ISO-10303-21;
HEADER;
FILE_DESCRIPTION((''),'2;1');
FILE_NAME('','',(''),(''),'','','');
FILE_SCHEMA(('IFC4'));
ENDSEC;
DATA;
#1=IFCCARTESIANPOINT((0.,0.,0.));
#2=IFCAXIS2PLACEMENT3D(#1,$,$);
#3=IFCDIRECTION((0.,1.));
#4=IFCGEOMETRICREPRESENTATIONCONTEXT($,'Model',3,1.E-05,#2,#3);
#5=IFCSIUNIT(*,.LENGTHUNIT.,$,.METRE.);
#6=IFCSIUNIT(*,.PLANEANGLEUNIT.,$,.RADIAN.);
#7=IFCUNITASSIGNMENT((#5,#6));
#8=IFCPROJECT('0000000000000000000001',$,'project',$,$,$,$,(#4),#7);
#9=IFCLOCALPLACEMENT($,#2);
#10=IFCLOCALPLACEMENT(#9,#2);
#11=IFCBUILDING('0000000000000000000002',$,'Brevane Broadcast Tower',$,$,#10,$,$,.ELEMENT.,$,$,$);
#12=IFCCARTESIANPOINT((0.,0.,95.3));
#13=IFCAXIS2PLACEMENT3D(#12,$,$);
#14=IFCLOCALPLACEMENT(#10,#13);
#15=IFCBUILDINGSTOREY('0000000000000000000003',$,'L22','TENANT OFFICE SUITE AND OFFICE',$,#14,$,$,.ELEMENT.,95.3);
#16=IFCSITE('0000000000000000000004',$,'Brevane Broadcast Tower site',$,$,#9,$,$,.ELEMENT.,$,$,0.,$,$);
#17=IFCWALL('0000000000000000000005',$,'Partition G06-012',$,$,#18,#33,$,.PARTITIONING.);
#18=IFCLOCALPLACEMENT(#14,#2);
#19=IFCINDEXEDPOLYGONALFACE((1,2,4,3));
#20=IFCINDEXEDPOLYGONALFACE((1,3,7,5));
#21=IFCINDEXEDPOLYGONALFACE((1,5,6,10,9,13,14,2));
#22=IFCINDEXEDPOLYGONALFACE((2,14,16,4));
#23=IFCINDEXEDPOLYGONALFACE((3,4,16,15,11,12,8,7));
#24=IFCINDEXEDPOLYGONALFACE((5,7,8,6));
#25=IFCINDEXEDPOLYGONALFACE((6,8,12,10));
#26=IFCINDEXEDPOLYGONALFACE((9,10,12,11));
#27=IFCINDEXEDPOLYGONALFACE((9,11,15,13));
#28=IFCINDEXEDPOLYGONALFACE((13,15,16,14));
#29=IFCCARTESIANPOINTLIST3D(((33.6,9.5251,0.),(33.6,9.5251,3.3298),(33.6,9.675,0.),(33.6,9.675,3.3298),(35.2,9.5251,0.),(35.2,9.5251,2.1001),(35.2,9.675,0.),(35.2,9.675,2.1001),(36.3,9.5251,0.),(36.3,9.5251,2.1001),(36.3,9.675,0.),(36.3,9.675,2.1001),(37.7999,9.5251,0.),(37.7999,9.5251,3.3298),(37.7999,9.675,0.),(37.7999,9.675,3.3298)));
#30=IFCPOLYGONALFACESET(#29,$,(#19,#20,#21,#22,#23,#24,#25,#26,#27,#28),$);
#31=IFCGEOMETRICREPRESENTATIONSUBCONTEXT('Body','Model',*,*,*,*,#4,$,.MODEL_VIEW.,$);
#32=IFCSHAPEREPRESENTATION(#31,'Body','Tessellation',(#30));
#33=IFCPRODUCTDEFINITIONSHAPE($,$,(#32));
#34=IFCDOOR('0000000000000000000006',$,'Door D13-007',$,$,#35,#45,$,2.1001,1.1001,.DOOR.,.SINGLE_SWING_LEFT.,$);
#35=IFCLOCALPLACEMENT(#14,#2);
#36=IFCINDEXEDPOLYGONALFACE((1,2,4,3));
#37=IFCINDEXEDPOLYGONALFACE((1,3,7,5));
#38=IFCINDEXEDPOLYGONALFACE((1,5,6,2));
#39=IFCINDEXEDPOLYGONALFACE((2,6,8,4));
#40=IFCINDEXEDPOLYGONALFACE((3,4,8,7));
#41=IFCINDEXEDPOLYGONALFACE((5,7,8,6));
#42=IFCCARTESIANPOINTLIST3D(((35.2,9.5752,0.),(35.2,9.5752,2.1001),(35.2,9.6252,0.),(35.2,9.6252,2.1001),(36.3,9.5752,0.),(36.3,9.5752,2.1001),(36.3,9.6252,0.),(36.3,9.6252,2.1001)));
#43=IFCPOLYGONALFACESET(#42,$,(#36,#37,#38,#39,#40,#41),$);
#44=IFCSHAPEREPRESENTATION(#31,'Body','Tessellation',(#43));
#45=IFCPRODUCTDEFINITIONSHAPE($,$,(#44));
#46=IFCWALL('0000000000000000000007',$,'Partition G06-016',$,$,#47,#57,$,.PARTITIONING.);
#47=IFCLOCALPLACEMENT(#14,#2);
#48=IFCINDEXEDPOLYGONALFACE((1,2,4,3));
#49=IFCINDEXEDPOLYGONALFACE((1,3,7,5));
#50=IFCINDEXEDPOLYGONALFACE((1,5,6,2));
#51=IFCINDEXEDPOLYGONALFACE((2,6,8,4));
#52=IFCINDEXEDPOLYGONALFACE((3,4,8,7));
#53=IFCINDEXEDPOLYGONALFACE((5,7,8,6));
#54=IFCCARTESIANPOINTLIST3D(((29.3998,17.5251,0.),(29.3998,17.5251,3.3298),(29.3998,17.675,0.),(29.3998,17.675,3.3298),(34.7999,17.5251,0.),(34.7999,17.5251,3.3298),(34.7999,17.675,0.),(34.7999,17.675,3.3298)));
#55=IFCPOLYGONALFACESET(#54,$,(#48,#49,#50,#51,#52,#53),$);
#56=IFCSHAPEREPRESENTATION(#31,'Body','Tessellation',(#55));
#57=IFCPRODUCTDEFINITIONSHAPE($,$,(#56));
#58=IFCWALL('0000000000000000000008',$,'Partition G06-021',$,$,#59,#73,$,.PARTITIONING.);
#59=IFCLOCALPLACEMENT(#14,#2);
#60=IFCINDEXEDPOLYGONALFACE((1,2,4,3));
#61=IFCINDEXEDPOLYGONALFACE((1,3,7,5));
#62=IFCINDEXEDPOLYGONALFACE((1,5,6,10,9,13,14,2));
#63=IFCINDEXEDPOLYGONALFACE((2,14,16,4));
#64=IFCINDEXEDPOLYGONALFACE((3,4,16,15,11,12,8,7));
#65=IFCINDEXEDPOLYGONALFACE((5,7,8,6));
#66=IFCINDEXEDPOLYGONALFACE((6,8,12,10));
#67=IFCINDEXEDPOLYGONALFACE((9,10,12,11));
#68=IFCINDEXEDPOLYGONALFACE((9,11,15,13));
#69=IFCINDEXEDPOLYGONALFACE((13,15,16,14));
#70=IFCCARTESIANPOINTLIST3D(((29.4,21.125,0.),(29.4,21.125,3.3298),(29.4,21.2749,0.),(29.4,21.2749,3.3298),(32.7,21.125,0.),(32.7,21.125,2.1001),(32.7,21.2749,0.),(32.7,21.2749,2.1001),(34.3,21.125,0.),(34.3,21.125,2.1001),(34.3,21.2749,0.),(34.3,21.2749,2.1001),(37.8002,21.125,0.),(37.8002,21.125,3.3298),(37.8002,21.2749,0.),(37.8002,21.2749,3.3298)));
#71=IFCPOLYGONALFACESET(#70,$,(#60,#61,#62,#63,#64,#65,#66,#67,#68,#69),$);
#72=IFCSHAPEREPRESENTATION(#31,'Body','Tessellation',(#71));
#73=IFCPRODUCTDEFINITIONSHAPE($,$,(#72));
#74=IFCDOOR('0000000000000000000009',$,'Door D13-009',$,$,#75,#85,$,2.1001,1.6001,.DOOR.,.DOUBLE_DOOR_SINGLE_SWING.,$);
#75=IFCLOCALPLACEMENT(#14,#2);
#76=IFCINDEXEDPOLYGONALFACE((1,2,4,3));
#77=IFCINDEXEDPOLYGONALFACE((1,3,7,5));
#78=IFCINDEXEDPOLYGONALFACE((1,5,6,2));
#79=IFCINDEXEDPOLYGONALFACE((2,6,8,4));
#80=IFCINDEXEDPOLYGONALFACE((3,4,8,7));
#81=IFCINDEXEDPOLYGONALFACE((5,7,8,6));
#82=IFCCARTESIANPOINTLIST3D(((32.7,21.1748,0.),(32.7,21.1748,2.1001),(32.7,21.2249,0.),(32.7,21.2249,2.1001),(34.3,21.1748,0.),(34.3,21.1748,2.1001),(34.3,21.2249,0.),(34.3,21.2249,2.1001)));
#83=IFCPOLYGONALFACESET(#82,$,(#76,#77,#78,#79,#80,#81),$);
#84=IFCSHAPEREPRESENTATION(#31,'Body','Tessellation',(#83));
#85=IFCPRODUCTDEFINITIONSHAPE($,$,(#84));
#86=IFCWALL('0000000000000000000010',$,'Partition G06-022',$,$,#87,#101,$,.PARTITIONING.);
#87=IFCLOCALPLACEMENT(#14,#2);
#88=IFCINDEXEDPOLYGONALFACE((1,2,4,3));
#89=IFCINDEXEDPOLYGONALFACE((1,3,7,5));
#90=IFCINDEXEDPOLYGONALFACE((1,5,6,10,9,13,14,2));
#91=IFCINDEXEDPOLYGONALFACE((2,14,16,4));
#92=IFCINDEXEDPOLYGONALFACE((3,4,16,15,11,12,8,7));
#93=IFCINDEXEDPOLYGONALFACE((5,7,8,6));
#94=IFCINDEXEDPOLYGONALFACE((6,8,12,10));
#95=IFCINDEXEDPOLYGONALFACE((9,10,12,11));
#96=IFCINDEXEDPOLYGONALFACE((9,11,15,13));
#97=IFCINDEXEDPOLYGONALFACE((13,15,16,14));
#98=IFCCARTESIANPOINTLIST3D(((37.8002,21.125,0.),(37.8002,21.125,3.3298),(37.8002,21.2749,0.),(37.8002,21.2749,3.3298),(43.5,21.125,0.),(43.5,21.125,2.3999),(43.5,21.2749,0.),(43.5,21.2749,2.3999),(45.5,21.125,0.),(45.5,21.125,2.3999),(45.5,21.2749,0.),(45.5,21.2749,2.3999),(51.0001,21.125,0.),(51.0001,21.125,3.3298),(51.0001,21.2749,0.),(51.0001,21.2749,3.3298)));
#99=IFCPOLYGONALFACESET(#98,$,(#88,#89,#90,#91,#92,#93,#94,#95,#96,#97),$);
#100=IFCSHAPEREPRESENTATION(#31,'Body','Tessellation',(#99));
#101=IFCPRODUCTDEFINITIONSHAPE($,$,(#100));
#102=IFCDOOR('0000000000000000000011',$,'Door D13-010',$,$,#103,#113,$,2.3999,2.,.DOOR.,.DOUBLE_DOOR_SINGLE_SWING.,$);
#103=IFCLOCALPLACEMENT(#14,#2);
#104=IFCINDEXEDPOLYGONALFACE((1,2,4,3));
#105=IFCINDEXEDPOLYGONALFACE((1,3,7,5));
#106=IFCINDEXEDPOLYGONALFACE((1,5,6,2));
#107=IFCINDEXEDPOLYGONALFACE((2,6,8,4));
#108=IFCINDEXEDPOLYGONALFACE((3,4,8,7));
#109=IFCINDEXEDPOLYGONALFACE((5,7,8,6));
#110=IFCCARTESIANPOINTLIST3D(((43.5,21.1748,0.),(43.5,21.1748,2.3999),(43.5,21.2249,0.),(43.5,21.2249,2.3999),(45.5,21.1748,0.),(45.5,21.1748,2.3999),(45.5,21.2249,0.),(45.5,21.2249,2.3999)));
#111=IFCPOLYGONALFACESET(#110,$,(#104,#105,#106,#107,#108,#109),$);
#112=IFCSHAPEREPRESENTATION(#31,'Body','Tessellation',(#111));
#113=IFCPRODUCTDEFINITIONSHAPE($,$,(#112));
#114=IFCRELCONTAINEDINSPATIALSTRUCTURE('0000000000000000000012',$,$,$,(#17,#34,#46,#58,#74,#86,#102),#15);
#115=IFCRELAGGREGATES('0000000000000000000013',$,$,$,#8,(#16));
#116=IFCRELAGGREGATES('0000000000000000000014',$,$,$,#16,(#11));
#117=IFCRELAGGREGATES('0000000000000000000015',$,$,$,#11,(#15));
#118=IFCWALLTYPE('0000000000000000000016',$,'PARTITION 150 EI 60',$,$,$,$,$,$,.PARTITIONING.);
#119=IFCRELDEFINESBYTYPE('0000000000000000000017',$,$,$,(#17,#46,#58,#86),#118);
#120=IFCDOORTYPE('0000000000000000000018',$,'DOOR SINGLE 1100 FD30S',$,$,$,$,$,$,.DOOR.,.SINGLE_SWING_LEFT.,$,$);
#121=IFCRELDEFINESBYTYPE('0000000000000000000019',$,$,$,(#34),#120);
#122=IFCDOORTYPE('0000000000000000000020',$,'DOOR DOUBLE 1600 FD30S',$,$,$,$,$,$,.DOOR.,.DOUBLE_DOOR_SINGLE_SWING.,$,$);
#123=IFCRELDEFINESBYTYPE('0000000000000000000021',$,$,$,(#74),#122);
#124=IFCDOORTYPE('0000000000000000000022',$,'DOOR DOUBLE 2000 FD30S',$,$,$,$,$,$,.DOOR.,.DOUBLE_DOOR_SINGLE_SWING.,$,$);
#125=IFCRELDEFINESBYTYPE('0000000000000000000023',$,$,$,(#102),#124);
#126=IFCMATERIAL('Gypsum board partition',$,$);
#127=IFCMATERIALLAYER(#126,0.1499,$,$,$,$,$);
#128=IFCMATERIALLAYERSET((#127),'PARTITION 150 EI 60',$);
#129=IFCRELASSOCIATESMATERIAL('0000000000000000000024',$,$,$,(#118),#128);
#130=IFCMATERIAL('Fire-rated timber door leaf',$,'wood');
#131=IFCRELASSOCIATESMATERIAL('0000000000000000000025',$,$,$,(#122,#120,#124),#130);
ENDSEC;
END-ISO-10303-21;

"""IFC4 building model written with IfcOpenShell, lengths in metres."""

from ifc_helpers import new_model, si_unit, direction, frame, frame_2d, origin, place, context, subcontext, project, spatial, rectangle, extrude, material, layer, layer_set, type_object, element, fill, save


model = new_model("IFC4")

# Units and contexts
model_context = context("Model", 3, precision=1e-05, world=origin(), true_north=direction((0.0, 1.0)))
body_context = subcontext(model_context, "Body", "Model", "MODEL_VIEW")
ifc_project = project(units=[si_unit("LENGTHUNIT", "METRE"), si_unit("PLANEANGLEUNIT", "RADIAN")], contexts=[model_context])

# Site, building, storey
site_placement = place(None, origin())
site = spatial("IfcSite", under=ifc_project, at=site_placement, Name="Brevane Broadcast Tower site", CompositionType="ELEMENT", RefElevation=0.0)
building_placement = place(site_placement, origin())
building = spatial("IfcBuilding", under=site, at=building_placement, Name="Brevane Broadcast Tower", CompositionType="ELEMENT")
storey_placement = place(building_placement, frame((0.0, 0.0, 95.3)))
storey = spatial("IfcBuildingStorey", under=building, at=storey_placement, Name="L22", Description="TENANT OFFICE SUITE AND OFFICE", CompositionType="ELEMENT", Elevation=95.3)

# Shared definitions
ifc_material_1 = material(Name="Gypsum board partition")
ifc_layer_1 = layer(ifc_material_1, 0.1499)
ifc_layer_set_1 = layer_set([ifc_layer_1], Name="PARTITION 150 EI 60")
wall_type_1 = type_object("IfcWallType", Name="PARTITION 150 EI 60", PredefinedType="PARTITIONING", material=ifc_layer_set_1)

# Shared definitions
ifc_material_2 = material(Name="Fire-rated timber door leaf", Category="wood")

# Wall, opening, door
door_type_1 = type_object("IfcDoorType", Name="DOOR DOUBLE 1600 FD30S", OperationType="DOUBLE_DOOR_SINGLE_SWING", PredefinedType="DOOR", material=ifc_material_2)
wall_1_placement = place(storey_placement, frame((37.8, 9.6001, 0.0), z_axis=(0.0, 0.0, 1.0), x_axis=(-1.0, 0.0, 0.0)))
wall_1 = element("IfcWall", 1, at=wall_1_placement, inside=storey, type_object=wall_type_1, Name="Partition G06-012", PredefinedType="PARTITIONING", context=body_context, shape_type="SweptSolid", body=[
    extrude(rectangle(XDim=4.2, YDim=0.1499, at=frame_2d((2.1001, 0.0))), origin(), (0.0, 0.0, 1.0), 3.3298),
])
opening_1_placement = place(wall_1_placement, frame((1.5, 0.0, 0.0)))
opening_1 = element("IfcOpeningElement", 2, at=opening_1_placement, cuts=wall_1, PredefinedType="OPENING", context=body_context, shape_type="SweptSolid", body=[
    extrude(rectangle(XDim=1.1001, YDim=2.1001, at=frame_2d((0.55, 1.05))), frame((0.0, 0.085, 0.0), z_axis=(0.0, -1.0, 0.0), x_axis=(1.0, 0.0, 0.0)), (0.0, 0.0, 1.0), 0.1699),
])
door_type_2 = type_object("IfcDoorType", Name="DOOR SINGLE 1100 FD30S", OperationType="SINGLE_SWING_LEFT", PredefinedType="DOOR", material=ifc_material_2)
door_1_placement = place(opening_1_placement, origin())
door_1 = element("IfcDoor", 3, at=door_1_placement, inside=storey, type_object=door_type_2, Name="Door D13-007", OperationType="SINGLE_SWING_LEFT", OverallHeight=2.1001, OverallWidth=1.1001, PredefinedType="DOOR", context=body_context, shape_type="SweptSolid", body=[
    extrude(rectangle(XDim=1.1001, YDim=2.1001, at=frame_2d((0.55, 1.05))), frame((0.0, 0.0249, 0.0), z_axis=(0.0, -1.0, 0.0), x_axis=(1.0, 0.0, 0.0)), (0.0, 0.0, 1.0), 0.05),
])
fill(opening_1, door_1)

# Wall
wall_2_placement = place(storey_placement, frame((34.8, 17.6001, 0.0), z_axis=(0.0, 0.0, 1.0), x_axis=(-1.0, 0.0, 0.0)))
element("IfcWall", 4, at=wall_2_placement, inside=storey, type_object=wall_type_1, Name="Partition G06-016", PredefinedType="PARTITIONING", context=body_context, shape_type="SweptSolid", body=[
    extrude(rectangle(XDim=5.4001, YDim=0.1499, at=frame_2d((2.7002, 0.0))), origin(), (0.0, 0.0, 1.0), 3.3298),
])

# Walls, openings, doors
wall_3_placement = place(storey_placement, frame((29.3999, 21.2, 0.0), z_axis=(0.0, 0.0, 1.0), x_axis=(1.0, 0.0, 0.0)))
wall_3 = element("IfcWall", 5, at=wall_3_placement, inside=storey, type_object=wall_type_1, Name="Partition G06-021", PredefinedType="PARTITIONING", context=body_context, shape_type="SweptSolid", body=[
    extrude(rectangle(XDim=8.4001, YDim=0.1499, at=frame_2d((4.2002, 0.0))), origin(), (0.0, 0.0, 1.0), 3.3298),
])
opening_2_placement = place(wall_3_placement, frame((3.3, 0.0, 0.0)))
opening_2 = element("IfcOpeningElement", 6, at=opening_2_placement, cuts=wall_3, PredefinedType="OPENING", context=body_context, shape_type="SweptSolid", body=[
    extrude(rectangle(XDim=1.6001, YDim=2.1001, at=frame_2d((0.8, 1.05))), frame((0.0, 0.085, 0.0), z_axis=(0.0, -1.0, 0.0), x_axis=(1.0, 0.0, 0.0)), (0.0, 0.0, 1.0), 0.1699),
])
door_2_placement = place(opening_2_placement, origin())
door_2 = element("IfcDoor", 7, at=door_2_placement, inside=storey, type_object=door_type_1, Name="Door D13-009", OperationType="DOUBLE_DOOR_SINGLE_SWING", OverallHeight=2.1001, OverallWidth=1.6001, PredefinedType="DOOR", context=body_context, shape_type="SweptSolid", body=[
    extrude(rectangle(XDim=1.6001, YDim=2.1001, at=frame_2d((0.8, 1.05))), frame((0.0, 0.0249, 0.0), z_axis=(0.0, -1.0, 0.0), x_axis=(1.0, 0.0, 0.0)), (0.0, 0.0, 1.0), 0.05),
])
fill(opening_2, door_2)
wall_4_placement = place(storey_placement, frame((37.8, 21.2, 0.0), z_axis=(0.0, 0.0, 1.0), x_axis=(1.0, 0.0, 0.0)))
wall_4 = element("IfcWall", 8, at=wall_4_placement, inside=storey, type_object=wall_type_1, Name="Partition G06-022", PredefinedType="PARTITIONING", context=body_context, shape_type="SweptSolid", body=[
    extrude(rectangle(XDim=13.2, YDim=0.1499, at=frame_2d((6.6001, 0.0))), origin(), (0.0, 0.0, 1.0), 3.3298),
])
opening_3_placement = place(wall_4_placement, frame((5.7, 0.0, 0.0)))
opening_3 = element("IfcOpeningElement", 9, at=opening_3_placement, cuts=wall_4, PredefinedType="OPENING", context=body_context, shape_type="SweptSolid", body=[
    extrude(rectangle(XDim=2.0, YDim=2.3999, at=frame_2d((1.0, 1.2))), frame((0.0, 0.085, 0.0), z_axis=(0.0, -1.0, 0.0), x_axis=(1.0, 0.0, 0.0)), (0.0, 0.0, 1.0), 0.1699),
])
door_type_3 = type_object("IfcDoorType", Name="DOOR DOUBLE 2000 FD30S", OperationType="DOUBLE_DOOR_SINGLE_SWING", PredefinedType="DOOR", material=ifc_material_2)
door_3_placement = place(opening_3_placement, origin())
door_3 = element("IfcDoor", 10, at=door_3_placement, inside=storey, type_object=door_type_3, Name="Door D13-010", OperationType="DOUBLE_DOOR_SINGLE_SWING", OverallHeight=2.3999, OverallWidth=2.0, PredefinedType="DOOR", context=body_context, shape_type="SweptSolid", body=[
    extrude(rectangle(XDim=2.0, YDim=2.3999, at=frame_2d((1.0, 1.2))), frame((0.0, 0.0249, 0.0), z_axis=(0.0, -1.0, 0.0), x_axis=(1.0, 0.0, 0.0)), (0.0, 0.0, 1.0), 0.05),
])
fill(opening_3, door_3)

save(model, "model.ifc")
